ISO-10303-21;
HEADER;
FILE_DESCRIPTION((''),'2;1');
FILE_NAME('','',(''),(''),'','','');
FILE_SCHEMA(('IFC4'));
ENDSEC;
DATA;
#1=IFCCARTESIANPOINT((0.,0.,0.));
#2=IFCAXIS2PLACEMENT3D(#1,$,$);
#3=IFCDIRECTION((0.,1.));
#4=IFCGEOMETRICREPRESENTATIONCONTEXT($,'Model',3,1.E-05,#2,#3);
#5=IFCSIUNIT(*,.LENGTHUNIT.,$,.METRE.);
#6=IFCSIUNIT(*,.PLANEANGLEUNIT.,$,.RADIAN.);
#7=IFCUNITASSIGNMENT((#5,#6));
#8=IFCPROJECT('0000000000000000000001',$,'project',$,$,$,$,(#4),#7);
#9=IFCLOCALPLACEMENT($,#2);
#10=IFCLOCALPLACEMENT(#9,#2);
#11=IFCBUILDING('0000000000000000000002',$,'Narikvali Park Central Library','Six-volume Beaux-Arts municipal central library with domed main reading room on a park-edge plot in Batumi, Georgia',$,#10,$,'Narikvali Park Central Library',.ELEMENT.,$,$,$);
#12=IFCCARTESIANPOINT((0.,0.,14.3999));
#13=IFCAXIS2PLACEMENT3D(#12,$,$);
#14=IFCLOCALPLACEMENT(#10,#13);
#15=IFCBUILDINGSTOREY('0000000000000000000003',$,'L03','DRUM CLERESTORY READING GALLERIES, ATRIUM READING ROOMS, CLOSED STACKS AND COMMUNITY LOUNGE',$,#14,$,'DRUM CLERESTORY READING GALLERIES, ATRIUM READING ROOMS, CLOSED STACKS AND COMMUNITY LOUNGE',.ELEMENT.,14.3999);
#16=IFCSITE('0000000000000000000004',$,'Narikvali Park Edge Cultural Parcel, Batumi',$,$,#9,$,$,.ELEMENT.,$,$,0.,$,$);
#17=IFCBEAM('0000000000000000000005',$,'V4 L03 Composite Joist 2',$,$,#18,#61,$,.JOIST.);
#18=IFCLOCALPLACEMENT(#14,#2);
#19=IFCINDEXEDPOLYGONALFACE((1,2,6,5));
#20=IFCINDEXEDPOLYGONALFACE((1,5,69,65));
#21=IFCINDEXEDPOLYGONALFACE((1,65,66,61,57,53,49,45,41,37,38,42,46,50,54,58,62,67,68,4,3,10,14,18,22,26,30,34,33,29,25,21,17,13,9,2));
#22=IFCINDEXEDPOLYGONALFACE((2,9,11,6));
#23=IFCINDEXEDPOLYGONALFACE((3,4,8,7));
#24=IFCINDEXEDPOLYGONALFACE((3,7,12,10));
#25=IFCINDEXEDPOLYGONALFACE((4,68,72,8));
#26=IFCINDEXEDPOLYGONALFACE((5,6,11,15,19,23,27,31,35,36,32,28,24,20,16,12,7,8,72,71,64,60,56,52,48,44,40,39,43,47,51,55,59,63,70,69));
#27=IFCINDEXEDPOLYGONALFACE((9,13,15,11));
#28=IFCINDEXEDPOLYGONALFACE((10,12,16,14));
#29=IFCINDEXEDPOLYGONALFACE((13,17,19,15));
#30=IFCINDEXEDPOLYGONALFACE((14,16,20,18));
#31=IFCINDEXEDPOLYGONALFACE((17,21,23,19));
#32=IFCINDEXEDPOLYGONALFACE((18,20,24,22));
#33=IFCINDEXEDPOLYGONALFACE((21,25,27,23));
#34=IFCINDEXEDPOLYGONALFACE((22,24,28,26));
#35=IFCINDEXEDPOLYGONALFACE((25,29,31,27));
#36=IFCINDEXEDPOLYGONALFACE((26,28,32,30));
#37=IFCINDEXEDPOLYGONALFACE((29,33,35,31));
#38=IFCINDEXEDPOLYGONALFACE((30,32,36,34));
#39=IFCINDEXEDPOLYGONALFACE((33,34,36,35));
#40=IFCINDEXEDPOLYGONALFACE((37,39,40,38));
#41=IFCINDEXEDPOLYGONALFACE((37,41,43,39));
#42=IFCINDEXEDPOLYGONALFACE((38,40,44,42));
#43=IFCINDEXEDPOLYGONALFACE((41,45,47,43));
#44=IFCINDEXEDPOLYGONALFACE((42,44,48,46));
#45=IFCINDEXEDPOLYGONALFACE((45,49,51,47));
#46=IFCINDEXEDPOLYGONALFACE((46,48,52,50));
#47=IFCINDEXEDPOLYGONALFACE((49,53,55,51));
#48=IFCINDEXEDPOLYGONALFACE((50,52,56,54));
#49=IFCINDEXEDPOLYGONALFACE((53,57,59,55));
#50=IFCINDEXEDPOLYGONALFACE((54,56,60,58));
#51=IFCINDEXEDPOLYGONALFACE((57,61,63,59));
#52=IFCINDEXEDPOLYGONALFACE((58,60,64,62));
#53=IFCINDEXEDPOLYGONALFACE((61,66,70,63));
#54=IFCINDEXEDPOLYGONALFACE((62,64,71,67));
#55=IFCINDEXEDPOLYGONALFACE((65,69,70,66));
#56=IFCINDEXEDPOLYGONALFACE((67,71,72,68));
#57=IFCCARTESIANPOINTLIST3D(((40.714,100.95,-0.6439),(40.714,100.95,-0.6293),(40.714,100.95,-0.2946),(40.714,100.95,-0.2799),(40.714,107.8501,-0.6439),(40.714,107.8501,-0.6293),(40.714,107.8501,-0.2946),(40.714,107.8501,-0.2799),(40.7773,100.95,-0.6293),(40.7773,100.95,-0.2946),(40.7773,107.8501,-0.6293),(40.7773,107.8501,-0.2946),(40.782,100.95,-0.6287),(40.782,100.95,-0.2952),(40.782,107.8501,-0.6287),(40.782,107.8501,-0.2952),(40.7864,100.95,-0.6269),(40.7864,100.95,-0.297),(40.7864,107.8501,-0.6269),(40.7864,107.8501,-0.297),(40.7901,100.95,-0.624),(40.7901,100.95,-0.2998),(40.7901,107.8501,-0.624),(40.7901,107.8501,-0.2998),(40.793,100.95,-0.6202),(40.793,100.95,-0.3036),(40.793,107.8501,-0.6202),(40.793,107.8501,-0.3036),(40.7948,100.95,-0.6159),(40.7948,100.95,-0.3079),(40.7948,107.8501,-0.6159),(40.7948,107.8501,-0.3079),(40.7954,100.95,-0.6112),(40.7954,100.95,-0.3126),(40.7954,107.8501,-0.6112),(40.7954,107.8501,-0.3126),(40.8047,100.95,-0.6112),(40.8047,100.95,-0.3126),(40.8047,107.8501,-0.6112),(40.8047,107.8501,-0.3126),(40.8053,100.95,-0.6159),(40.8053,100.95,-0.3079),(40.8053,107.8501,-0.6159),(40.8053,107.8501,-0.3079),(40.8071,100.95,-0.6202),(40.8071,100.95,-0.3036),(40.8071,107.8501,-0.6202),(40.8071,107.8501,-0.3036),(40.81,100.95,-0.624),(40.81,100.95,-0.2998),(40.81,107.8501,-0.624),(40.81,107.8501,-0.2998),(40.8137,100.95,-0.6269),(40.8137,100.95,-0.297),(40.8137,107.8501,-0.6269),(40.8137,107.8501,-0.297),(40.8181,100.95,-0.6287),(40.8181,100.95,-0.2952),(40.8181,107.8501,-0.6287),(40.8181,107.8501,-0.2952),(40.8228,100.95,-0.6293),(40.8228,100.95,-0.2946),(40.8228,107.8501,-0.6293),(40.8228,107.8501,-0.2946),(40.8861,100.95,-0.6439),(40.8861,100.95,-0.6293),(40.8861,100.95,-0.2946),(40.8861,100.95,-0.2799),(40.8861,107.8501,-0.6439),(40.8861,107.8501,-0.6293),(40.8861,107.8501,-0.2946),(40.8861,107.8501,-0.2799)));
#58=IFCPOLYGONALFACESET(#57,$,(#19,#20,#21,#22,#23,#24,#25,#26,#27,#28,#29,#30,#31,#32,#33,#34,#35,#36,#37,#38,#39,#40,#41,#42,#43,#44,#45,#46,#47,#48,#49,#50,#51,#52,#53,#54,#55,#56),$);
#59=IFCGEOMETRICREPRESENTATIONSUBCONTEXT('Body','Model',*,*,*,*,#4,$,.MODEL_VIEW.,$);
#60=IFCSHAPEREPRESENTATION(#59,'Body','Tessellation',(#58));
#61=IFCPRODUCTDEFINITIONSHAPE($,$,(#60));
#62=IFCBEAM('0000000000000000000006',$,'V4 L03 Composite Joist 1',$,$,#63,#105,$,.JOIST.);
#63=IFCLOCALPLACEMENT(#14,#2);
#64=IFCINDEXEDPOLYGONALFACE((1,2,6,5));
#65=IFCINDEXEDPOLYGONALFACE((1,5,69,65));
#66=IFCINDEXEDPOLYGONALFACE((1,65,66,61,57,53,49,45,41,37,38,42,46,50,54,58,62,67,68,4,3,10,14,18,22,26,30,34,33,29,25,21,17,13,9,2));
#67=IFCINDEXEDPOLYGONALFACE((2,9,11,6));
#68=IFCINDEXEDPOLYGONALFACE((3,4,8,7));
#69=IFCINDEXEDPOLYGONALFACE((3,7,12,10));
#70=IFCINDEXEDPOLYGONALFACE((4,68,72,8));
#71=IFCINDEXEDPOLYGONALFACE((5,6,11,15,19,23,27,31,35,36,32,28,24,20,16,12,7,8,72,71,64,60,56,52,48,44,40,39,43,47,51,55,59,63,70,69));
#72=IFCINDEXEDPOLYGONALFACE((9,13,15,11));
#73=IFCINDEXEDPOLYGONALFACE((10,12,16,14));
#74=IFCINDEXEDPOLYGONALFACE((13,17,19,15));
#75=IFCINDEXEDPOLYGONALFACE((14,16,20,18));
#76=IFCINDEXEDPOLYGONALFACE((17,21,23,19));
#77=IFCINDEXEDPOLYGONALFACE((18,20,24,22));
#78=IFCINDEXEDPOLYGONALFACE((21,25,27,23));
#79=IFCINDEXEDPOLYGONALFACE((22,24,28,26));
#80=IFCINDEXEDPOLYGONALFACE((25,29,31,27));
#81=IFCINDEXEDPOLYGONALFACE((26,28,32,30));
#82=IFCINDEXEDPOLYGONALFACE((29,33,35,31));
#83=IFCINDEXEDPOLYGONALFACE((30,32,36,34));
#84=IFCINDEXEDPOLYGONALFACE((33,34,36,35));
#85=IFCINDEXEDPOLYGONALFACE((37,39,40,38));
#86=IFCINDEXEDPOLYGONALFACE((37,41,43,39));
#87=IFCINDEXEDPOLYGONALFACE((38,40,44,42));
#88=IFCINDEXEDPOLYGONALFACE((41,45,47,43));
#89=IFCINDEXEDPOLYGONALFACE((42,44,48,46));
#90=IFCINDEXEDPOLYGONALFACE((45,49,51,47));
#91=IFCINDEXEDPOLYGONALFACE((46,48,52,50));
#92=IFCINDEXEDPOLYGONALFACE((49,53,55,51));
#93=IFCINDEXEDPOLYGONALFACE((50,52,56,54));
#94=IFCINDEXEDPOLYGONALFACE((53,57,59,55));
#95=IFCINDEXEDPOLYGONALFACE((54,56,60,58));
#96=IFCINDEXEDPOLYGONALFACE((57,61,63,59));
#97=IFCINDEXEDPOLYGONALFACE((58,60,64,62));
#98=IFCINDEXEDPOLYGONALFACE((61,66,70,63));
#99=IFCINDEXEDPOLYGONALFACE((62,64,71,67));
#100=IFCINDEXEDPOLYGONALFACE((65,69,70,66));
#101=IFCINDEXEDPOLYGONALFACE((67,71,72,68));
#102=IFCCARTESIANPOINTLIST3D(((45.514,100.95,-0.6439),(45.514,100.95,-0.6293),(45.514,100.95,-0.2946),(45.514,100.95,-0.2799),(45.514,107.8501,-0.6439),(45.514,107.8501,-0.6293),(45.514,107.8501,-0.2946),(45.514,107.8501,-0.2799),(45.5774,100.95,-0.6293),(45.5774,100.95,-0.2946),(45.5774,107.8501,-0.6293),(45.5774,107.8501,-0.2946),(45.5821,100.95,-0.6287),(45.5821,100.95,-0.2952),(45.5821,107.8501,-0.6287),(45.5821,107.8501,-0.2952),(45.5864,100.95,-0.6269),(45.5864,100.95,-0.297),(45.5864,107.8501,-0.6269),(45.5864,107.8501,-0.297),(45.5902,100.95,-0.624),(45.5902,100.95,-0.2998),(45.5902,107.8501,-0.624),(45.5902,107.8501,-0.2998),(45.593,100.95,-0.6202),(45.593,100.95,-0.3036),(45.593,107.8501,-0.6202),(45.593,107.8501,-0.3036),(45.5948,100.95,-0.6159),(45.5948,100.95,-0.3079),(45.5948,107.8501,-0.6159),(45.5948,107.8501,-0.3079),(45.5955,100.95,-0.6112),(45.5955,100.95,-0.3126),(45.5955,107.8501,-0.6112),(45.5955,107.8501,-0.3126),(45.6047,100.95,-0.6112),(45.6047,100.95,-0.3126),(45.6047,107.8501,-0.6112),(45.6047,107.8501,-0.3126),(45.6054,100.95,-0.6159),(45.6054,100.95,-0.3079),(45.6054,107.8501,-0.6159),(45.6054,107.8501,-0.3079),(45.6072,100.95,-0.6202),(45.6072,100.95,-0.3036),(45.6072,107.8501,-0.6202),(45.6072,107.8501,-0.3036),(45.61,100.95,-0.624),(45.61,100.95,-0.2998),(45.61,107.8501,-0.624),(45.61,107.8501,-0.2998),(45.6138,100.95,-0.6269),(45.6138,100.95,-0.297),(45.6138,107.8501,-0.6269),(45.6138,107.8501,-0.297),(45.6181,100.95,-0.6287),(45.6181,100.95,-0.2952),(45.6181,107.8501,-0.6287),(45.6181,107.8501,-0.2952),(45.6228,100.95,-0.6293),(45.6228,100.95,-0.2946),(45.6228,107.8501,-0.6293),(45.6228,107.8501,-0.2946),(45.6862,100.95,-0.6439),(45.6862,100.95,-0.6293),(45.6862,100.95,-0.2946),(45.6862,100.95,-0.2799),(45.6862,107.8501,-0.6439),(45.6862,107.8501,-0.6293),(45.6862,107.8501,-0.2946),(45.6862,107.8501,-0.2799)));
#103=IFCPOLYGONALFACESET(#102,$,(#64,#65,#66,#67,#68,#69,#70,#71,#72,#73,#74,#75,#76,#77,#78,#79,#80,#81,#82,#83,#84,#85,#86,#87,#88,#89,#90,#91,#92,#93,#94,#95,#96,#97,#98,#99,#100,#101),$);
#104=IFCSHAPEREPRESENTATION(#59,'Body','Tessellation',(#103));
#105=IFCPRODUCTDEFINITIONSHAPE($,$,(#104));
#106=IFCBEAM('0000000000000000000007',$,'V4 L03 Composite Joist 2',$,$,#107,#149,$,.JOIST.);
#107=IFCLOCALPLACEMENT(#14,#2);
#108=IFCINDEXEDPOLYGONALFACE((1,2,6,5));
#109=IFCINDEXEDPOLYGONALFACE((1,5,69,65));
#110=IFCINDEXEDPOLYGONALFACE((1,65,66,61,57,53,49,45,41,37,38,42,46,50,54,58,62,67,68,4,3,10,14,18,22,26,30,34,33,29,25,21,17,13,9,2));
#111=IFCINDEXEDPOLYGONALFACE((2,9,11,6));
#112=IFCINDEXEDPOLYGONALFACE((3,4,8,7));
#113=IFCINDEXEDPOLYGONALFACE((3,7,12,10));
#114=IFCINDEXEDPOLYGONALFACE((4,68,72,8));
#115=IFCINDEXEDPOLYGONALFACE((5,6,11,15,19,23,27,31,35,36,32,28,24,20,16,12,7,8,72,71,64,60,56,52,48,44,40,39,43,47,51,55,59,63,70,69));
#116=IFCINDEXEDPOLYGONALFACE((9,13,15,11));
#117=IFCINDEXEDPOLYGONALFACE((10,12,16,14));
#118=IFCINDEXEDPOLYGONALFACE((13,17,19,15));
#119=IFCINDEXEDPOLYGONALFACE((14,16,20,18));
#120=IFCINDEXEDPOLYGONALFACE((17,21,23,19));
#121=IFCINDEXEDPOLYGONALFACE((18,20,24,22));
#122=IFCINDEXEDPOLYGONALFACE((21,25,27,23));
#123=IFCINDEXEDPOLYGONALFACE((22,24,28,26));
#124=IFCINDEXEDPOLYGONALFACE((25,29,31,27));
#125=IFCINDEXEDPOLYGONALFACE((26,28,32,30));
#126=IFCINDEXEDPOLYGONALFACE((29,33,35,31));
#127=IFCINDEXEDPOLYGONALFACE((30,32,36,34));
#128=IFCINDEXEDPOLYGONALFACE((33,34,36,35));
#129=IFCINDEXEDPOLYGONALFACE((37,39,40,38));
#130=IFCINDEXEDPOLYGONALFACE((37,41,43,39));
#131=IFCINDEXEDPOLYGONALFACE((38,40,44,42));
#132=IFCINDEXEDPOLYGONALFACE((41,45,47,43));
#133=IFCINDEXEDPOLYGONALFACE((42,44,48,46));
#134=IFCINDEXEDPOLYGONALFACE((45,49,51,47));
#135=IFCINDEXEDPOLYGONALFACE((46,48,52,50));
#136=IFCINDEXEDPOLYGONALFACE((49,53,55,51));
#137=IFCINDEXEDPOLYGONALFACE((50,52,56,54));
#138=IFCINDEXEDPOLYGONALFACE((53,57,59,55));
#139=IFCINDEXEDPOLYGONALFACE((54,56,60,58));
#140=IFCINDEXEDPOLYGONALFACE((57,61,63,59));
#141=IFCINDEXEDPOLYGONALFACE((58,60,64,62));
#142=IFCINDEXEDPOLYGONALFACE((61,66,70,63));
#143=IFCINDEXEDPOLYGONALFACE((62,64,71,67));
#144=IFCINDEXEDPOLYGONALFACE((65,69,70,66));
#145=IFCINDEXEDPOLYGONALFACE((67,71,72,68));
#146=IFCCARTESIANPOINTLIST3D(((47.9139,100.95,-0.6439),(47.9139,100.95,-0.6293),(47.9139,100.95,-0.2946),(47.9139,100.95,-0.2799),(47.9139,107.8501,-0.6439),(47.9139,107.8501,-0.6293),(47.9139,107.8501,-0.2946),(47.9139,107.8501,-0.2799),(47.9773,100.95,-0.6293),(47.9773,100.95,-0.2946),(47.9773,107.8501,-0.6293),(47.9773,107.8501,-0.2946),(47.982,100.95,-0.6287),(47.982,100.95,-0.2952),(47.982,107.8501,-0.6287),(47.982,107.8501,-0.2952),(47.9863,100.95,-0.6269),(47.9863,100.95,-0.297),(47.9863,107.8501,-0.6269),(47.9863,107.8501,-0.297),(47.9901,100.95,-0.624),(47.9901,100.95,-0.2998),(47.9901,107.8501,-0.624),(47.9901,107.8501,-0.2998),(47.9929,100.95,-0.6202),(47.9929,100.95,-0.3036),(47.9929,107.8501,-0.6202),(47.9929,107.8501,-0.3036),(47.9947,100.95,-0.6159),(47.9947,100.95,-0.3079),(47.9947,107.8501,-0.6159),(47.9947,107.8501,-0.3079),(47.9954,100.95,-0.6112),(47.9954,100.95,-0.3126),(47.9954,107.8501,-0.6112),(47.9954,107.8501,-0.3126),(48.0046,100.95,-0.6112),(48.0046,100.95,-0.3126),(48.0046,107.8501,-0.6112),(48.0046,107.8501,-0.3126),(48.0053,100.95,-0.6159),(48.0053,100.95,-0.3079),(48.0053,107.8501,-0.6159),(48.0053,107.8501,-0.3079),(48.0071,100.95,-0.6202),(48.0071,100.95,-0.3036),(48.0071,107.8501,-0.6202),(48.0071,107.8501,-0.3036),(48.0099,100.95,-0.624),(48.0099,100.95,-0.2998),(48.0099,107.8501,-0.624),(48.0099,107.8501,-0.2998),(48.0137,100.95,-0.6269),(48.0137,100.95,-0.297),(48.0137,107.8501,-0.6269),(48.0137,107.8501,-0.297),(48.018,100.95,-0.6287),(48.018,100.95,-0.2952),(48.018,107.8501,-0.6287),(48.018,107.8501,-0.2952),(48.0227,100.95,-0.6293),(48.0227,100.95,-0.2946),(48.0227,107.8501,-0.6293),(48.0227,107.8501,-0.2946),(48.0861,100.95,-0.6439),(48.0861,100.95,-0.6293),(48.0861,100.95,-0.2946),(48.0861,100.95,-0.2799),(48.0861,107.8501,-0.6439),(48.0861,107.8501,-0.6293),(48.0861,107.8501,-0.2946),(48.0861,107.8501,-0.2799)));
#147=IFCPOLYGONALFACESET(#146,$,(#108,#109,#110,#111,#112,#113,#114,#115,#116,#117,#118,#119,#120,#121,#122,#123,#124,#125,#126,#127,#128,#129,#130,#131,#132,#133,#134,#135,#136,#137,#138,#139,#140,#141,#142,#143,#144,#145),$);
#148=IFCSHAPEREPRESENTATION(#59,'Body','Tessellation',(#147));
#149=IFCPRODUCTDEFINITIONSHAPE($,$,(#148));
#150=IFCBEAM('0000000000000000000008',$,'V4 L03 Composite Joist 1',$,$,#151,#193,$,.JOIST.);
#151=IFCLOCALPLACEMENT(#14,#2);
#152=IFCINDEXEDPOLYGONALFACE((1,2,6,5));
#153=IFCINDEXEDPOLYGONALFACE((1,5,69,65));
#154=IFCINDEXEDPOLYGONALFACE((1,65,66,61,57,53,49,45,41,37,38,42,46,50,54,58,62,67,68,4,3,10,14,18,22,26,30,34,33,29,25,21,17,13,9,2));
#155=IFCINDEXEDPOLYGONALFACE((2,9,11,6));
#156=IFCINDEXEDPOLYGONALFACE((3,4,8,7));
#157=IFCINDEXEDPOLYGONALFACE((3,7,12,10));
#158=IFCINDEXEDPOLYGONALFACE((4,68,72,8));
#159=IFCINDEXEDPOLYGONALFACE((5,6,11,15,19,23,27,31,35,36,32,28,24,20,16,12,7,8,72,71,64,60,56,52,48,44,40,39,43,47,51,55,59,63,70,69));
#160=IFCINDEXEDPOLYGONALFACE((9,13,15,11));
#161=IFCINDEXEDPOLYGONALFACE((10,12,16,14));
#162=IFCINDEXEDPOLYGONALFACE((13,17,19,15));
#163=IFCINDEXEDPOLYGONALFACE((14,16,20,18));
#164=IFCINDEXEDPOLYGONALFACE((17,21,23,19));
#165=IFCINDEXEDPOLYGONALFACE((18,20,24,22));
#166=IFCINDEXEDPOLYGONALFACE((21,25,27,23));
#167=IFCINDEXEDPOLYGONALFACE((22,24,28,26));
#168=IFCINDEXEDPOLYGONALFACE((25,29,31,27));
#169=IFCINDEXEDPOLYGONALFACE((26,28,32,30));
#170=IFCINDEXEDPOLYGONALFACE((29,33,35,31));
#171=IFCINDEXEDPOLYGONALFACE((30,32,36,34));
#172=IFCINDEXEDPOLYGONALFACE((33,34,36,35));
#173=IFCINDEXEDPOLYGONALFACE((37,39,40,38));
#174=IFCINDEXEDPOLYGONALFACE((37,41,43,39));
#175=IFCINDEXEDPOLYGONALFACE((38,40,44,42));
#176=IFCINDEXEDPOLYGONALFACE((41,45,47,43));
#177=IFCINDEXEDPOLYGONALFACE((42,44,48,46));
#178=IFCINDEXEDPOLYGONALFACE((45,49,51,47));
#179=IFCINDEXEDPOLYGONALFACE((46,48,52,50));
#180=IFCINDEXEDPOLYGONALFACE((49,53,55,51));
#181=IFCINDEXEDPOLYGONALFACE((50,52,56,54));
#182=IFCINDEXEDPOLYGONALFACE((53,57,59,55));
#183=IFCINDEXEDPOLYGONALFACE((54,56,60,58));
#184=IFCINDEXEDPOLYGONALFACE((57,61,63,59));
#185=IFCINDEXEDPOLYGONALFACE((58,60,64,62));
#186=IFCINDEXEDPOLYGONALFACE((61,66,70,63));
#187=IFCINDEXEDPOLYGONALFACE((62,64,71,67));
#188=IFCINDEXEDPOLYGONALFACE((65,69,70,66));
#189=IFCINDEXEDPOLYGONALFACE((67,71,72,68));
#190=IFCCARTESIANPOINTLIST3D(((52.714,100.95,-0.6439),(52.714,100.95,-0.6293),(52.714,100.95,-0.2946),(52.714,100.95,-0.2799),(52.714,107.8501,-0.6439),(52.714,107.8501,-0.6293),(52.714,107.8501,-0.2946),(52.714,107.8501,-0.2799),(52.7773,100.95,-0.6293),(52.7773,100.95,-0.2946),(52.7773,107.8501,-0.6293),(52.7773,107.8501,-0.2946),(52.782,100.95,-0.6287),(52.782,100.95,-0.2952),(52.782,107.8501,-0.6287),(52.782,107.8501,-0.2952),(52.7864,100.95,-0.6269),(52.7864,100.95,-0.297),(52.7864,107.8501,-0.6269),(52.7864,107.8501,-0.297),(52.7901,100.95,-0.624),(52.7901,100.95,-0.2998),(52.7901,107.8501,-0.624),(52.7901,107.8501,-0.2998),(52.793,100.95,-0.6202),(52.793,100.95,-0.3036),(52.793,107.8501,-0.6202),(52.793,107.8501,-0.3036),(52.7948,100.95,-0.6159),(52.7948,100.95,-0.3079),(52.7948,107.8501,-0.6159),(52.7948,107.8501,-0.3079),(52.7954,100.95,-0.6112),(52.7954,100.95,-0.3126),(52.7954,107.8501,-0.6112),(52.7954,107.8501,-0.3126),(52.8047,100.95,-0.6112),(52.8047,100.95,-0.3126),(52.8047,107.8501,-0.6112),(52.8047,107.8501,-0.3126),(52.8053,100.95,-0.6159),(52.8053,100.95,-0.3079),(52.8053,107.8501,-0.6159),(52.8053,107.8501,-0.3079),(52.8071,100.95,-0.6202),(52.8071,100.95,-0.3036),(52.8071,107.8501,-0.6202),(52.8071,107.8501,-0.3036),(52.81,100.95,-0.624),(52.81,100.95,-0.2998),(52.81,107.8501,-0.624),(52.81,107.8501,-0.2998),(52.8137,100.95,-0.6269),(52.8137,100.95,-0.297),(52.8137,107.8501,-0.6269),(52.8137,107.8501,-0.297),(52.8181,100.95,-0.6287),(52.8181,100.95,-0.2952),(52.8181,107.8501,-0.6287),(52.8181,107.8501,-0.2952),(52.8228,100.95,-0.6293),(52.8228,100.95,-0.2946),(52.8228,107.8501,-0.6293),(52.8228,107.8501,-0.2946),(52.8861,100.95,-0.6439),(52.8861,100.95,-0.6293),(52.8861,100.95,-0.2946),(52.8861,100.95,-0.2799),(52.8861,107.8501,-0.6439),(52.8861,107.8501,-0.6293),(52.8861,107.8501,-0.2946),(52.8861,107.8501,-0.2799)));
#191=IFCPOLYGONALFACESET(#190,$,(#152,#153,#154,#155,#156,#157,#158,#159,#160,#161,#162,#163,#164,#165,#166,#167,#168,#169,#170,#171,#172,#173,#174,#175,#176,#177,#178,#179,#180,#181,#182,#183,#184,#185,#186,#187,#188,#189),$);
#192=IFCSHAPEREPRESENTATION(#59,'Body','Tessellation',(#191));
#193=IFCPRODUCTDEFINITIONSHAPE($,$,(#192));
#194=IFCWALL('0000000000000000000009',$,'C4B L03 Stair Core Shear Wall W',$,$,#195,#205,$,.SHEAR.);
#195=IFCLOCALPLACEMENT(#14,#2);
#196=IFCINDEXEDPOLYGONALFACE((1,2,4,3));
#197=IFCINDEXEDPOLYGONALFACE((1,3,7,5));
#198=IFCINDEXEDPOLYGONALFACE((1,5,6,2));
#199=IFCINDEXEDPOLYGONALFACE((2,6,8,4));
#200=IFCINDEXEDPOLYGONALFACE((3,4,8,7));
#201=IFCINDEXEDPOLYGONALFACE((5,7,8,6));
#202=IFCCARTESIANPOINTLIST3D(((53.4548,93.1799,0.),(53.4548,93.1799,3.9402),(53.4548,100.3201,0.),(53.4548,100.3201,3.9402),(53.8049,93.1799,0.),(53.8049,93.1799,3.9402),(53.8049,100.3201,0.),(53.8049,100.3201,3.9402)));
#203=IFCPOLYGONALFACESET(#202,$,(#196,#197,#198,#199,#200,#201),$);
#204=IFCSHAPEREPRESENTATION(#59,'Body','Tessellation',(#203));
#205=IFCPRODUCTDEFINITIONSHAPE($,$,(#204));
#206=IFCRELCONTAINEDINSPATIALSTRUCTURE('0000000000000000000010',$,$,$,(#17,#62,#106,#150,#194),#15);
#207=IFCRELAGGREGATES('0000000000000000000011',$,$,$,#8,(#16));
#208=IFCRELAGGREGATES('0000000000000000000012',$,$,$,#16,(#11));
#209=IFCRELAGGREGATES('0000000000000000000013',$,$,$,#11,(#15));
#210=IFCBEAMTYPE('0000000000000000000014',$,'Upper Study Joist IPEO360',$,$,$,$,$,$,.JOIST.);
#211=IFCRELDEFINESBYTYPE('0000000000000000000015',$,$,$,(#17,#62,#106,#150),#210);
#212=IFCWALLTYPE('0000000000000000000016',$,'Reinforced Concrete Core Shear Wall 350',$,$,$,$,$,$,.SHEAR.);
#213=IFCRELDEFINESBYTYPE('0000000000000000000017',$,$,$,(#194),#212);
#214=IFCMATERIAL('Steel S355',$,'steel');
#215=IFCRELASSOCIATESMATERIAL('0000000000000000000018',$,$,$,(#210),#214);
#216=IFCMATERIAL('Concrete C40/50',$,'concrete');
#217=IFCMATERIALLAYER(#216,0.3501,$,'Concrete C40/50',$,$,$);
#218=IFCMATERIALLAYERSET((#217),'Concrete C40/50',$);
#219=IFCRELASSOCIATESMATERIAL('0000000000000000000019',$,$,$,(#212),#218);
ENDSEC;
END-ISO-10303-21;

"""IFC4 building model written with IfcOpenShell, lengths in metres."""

from ifc_helpers import new_model, si_unit, direction, frame, frame_2d, origin, origin_2d, place, context, subcontext, project, spatial, rectangle, i_section, extrude, material, layer, layer_set, material_profile, profile_set, type_object, element, save


model = new_model("IFC4")

# Units and contexts
model_context = context("Model", 3, precision=1e-05, world=origin(), true_north=direction((0.0, 1.0)))
body_context = subcontext(model_context, "Body", "Model", "MODEL_VIEW")
ifc_project = project(units=[si_unit("LENGTHUNIT", "METRE"), si_unit("PLANEANGLEUNIT", "RADIAN")], contexts=[model_context])

# Site, building, storey
site_placement = place(None, origin())
site = spatial("IfcSite", under=ifc_project, at=site_placement, Name="Narikvali Park Edge Cultural Parcel, Batumi", CompositionType="ELEMENT", RefElevation=0.0)
building_placement = place(site_placement, origin())
building = spatial("IfcBuilding", under=site, at=building_placement, Name="Narikvali Park Central Library", Description="Six-volume Beaux-Arts municipal central library with domed main reading room on a park-edge plot in Batumi, Georgia", LongName="Narikvali Park Central Library", CompositionType="ELEMENT")
storey_placement = place(building_placement, frame((0.0, 0.0, 14.3999)))
storey = spatial("IfcBuildingStorey", under=building, at=storey_placement, Name="L03", Description="DRUM CLERESTORY READING GALLERIES, ATRIUM READING ROOMS, CLOSED STACKS AND COMMUNITY LOUNGE", LongName="DRUM CLERESTORY READING GALLERIES, ATRIUM READING ROOMS, CLOSED STACKS AND COMMUNITY LOUNGE", CompositionType="ELEMENT", Elevation=14.3999)

# Shared definitions
ifc_material_1 = material(Name="Steel S355", Category="steel")

# Beams
ifc_material_profile_1 = material_profile(ifc_material_1, i_section(OverallWidth=0.1721, OverallDepth=0.364, WebThickness=0.0093, FlangeThickness=0.0146, FilletRadius=0.0181, at=origin_2d()), Name="IPEO 360")
ifc_profile_set_1 = profile_set([ifc_material_profile_1], Name="Steel S355")
beam_type_1 = type_object("IfcBeamType", Name="Upper Study Joist IPEO360", PredefinedType="JOIST", material=ifc_profile_set_1)
for number, where, z_axis, x_axis, name in (
    (1, (40.8, 100.95, -0.4619), (0.0, 1.0, 0.0), (-1.0, 0.0, 0.0), "V4 L03 Composite Joist 2"),
    (2, (45.6001, 100.95, -0.4619), (0.0, 1.0, 0.0), (-1.0, 0.0, 0.0), "V4 L03 Composite Joist 1"),
    (3, (48.0, 100.95, -0.4619), (0.0, 1.0, 0.0), (-1.0, 0.0, 0.0), "V4 L03 Composite Joist 2"),
    (4, (52.8, 100.95, -0.4619), (0.0, 1.0, 0.0), (-1.0, 0.0, 0.0), "V4 L03 Composite Joist 1"),
):
    element("IfcBeam", number, at=place(storey_placement, frame(where, z_axis=z_axis, x_axis=x_axis)), inside=storey, type_object=beam_type_1, Name=name, PredefinedType="JOIST", context=body_context, shape_type="SweptSolid", body=[
        extrude(i_section(OverallWidth=0.1721, OverallDepth=0.364, WebThickness=0.0093, FlangeThickness=0.0146, FilletRadius=0.0181, at=origin_2d()), origin(), (0.0, 0.0, 1.0), 6.9001),
    ])

# Wall
ifc_material_2 = material(Name="Concrete C40/50", Category="concrete")
ifc_layer_1 = layer(ifc_material_2, 0.3501, Name="Concrete C40/50")
ifc_layer_set_1 = layer_set([ifc_layer_1], Name="Concrete C40/50")
wall_type_1 = type_object("IfcWallType", Name="Reinforced Concrete Core Shear Wall 350", PredefinedType="SHEAR", material=ifc_layer_set_1)
wall_1_placement = place(storey_placement, frame((53.6299, 100.3201, 0.0), z_axis=(0.0, 0.0, 1.0), x_axis=(0.0, -1.0, 0.0)))
element("IfcWall", 5, at=wall_1_placement, inside=storey, type_object=wall_type_1, Name="C4B L03 Stair Core Shear Wall W", PredefinedType="SHEAR", context=body_context, shape_type="SweptSolid", body=[
    extrude(rectangle(XDim=7.1401, YDim=0.3501, at=frame_2d((3.5701, 0.0))), origin(), (0.0, 0.0, 1.0), 3.9402),
])

save(model, "model.ifc")
